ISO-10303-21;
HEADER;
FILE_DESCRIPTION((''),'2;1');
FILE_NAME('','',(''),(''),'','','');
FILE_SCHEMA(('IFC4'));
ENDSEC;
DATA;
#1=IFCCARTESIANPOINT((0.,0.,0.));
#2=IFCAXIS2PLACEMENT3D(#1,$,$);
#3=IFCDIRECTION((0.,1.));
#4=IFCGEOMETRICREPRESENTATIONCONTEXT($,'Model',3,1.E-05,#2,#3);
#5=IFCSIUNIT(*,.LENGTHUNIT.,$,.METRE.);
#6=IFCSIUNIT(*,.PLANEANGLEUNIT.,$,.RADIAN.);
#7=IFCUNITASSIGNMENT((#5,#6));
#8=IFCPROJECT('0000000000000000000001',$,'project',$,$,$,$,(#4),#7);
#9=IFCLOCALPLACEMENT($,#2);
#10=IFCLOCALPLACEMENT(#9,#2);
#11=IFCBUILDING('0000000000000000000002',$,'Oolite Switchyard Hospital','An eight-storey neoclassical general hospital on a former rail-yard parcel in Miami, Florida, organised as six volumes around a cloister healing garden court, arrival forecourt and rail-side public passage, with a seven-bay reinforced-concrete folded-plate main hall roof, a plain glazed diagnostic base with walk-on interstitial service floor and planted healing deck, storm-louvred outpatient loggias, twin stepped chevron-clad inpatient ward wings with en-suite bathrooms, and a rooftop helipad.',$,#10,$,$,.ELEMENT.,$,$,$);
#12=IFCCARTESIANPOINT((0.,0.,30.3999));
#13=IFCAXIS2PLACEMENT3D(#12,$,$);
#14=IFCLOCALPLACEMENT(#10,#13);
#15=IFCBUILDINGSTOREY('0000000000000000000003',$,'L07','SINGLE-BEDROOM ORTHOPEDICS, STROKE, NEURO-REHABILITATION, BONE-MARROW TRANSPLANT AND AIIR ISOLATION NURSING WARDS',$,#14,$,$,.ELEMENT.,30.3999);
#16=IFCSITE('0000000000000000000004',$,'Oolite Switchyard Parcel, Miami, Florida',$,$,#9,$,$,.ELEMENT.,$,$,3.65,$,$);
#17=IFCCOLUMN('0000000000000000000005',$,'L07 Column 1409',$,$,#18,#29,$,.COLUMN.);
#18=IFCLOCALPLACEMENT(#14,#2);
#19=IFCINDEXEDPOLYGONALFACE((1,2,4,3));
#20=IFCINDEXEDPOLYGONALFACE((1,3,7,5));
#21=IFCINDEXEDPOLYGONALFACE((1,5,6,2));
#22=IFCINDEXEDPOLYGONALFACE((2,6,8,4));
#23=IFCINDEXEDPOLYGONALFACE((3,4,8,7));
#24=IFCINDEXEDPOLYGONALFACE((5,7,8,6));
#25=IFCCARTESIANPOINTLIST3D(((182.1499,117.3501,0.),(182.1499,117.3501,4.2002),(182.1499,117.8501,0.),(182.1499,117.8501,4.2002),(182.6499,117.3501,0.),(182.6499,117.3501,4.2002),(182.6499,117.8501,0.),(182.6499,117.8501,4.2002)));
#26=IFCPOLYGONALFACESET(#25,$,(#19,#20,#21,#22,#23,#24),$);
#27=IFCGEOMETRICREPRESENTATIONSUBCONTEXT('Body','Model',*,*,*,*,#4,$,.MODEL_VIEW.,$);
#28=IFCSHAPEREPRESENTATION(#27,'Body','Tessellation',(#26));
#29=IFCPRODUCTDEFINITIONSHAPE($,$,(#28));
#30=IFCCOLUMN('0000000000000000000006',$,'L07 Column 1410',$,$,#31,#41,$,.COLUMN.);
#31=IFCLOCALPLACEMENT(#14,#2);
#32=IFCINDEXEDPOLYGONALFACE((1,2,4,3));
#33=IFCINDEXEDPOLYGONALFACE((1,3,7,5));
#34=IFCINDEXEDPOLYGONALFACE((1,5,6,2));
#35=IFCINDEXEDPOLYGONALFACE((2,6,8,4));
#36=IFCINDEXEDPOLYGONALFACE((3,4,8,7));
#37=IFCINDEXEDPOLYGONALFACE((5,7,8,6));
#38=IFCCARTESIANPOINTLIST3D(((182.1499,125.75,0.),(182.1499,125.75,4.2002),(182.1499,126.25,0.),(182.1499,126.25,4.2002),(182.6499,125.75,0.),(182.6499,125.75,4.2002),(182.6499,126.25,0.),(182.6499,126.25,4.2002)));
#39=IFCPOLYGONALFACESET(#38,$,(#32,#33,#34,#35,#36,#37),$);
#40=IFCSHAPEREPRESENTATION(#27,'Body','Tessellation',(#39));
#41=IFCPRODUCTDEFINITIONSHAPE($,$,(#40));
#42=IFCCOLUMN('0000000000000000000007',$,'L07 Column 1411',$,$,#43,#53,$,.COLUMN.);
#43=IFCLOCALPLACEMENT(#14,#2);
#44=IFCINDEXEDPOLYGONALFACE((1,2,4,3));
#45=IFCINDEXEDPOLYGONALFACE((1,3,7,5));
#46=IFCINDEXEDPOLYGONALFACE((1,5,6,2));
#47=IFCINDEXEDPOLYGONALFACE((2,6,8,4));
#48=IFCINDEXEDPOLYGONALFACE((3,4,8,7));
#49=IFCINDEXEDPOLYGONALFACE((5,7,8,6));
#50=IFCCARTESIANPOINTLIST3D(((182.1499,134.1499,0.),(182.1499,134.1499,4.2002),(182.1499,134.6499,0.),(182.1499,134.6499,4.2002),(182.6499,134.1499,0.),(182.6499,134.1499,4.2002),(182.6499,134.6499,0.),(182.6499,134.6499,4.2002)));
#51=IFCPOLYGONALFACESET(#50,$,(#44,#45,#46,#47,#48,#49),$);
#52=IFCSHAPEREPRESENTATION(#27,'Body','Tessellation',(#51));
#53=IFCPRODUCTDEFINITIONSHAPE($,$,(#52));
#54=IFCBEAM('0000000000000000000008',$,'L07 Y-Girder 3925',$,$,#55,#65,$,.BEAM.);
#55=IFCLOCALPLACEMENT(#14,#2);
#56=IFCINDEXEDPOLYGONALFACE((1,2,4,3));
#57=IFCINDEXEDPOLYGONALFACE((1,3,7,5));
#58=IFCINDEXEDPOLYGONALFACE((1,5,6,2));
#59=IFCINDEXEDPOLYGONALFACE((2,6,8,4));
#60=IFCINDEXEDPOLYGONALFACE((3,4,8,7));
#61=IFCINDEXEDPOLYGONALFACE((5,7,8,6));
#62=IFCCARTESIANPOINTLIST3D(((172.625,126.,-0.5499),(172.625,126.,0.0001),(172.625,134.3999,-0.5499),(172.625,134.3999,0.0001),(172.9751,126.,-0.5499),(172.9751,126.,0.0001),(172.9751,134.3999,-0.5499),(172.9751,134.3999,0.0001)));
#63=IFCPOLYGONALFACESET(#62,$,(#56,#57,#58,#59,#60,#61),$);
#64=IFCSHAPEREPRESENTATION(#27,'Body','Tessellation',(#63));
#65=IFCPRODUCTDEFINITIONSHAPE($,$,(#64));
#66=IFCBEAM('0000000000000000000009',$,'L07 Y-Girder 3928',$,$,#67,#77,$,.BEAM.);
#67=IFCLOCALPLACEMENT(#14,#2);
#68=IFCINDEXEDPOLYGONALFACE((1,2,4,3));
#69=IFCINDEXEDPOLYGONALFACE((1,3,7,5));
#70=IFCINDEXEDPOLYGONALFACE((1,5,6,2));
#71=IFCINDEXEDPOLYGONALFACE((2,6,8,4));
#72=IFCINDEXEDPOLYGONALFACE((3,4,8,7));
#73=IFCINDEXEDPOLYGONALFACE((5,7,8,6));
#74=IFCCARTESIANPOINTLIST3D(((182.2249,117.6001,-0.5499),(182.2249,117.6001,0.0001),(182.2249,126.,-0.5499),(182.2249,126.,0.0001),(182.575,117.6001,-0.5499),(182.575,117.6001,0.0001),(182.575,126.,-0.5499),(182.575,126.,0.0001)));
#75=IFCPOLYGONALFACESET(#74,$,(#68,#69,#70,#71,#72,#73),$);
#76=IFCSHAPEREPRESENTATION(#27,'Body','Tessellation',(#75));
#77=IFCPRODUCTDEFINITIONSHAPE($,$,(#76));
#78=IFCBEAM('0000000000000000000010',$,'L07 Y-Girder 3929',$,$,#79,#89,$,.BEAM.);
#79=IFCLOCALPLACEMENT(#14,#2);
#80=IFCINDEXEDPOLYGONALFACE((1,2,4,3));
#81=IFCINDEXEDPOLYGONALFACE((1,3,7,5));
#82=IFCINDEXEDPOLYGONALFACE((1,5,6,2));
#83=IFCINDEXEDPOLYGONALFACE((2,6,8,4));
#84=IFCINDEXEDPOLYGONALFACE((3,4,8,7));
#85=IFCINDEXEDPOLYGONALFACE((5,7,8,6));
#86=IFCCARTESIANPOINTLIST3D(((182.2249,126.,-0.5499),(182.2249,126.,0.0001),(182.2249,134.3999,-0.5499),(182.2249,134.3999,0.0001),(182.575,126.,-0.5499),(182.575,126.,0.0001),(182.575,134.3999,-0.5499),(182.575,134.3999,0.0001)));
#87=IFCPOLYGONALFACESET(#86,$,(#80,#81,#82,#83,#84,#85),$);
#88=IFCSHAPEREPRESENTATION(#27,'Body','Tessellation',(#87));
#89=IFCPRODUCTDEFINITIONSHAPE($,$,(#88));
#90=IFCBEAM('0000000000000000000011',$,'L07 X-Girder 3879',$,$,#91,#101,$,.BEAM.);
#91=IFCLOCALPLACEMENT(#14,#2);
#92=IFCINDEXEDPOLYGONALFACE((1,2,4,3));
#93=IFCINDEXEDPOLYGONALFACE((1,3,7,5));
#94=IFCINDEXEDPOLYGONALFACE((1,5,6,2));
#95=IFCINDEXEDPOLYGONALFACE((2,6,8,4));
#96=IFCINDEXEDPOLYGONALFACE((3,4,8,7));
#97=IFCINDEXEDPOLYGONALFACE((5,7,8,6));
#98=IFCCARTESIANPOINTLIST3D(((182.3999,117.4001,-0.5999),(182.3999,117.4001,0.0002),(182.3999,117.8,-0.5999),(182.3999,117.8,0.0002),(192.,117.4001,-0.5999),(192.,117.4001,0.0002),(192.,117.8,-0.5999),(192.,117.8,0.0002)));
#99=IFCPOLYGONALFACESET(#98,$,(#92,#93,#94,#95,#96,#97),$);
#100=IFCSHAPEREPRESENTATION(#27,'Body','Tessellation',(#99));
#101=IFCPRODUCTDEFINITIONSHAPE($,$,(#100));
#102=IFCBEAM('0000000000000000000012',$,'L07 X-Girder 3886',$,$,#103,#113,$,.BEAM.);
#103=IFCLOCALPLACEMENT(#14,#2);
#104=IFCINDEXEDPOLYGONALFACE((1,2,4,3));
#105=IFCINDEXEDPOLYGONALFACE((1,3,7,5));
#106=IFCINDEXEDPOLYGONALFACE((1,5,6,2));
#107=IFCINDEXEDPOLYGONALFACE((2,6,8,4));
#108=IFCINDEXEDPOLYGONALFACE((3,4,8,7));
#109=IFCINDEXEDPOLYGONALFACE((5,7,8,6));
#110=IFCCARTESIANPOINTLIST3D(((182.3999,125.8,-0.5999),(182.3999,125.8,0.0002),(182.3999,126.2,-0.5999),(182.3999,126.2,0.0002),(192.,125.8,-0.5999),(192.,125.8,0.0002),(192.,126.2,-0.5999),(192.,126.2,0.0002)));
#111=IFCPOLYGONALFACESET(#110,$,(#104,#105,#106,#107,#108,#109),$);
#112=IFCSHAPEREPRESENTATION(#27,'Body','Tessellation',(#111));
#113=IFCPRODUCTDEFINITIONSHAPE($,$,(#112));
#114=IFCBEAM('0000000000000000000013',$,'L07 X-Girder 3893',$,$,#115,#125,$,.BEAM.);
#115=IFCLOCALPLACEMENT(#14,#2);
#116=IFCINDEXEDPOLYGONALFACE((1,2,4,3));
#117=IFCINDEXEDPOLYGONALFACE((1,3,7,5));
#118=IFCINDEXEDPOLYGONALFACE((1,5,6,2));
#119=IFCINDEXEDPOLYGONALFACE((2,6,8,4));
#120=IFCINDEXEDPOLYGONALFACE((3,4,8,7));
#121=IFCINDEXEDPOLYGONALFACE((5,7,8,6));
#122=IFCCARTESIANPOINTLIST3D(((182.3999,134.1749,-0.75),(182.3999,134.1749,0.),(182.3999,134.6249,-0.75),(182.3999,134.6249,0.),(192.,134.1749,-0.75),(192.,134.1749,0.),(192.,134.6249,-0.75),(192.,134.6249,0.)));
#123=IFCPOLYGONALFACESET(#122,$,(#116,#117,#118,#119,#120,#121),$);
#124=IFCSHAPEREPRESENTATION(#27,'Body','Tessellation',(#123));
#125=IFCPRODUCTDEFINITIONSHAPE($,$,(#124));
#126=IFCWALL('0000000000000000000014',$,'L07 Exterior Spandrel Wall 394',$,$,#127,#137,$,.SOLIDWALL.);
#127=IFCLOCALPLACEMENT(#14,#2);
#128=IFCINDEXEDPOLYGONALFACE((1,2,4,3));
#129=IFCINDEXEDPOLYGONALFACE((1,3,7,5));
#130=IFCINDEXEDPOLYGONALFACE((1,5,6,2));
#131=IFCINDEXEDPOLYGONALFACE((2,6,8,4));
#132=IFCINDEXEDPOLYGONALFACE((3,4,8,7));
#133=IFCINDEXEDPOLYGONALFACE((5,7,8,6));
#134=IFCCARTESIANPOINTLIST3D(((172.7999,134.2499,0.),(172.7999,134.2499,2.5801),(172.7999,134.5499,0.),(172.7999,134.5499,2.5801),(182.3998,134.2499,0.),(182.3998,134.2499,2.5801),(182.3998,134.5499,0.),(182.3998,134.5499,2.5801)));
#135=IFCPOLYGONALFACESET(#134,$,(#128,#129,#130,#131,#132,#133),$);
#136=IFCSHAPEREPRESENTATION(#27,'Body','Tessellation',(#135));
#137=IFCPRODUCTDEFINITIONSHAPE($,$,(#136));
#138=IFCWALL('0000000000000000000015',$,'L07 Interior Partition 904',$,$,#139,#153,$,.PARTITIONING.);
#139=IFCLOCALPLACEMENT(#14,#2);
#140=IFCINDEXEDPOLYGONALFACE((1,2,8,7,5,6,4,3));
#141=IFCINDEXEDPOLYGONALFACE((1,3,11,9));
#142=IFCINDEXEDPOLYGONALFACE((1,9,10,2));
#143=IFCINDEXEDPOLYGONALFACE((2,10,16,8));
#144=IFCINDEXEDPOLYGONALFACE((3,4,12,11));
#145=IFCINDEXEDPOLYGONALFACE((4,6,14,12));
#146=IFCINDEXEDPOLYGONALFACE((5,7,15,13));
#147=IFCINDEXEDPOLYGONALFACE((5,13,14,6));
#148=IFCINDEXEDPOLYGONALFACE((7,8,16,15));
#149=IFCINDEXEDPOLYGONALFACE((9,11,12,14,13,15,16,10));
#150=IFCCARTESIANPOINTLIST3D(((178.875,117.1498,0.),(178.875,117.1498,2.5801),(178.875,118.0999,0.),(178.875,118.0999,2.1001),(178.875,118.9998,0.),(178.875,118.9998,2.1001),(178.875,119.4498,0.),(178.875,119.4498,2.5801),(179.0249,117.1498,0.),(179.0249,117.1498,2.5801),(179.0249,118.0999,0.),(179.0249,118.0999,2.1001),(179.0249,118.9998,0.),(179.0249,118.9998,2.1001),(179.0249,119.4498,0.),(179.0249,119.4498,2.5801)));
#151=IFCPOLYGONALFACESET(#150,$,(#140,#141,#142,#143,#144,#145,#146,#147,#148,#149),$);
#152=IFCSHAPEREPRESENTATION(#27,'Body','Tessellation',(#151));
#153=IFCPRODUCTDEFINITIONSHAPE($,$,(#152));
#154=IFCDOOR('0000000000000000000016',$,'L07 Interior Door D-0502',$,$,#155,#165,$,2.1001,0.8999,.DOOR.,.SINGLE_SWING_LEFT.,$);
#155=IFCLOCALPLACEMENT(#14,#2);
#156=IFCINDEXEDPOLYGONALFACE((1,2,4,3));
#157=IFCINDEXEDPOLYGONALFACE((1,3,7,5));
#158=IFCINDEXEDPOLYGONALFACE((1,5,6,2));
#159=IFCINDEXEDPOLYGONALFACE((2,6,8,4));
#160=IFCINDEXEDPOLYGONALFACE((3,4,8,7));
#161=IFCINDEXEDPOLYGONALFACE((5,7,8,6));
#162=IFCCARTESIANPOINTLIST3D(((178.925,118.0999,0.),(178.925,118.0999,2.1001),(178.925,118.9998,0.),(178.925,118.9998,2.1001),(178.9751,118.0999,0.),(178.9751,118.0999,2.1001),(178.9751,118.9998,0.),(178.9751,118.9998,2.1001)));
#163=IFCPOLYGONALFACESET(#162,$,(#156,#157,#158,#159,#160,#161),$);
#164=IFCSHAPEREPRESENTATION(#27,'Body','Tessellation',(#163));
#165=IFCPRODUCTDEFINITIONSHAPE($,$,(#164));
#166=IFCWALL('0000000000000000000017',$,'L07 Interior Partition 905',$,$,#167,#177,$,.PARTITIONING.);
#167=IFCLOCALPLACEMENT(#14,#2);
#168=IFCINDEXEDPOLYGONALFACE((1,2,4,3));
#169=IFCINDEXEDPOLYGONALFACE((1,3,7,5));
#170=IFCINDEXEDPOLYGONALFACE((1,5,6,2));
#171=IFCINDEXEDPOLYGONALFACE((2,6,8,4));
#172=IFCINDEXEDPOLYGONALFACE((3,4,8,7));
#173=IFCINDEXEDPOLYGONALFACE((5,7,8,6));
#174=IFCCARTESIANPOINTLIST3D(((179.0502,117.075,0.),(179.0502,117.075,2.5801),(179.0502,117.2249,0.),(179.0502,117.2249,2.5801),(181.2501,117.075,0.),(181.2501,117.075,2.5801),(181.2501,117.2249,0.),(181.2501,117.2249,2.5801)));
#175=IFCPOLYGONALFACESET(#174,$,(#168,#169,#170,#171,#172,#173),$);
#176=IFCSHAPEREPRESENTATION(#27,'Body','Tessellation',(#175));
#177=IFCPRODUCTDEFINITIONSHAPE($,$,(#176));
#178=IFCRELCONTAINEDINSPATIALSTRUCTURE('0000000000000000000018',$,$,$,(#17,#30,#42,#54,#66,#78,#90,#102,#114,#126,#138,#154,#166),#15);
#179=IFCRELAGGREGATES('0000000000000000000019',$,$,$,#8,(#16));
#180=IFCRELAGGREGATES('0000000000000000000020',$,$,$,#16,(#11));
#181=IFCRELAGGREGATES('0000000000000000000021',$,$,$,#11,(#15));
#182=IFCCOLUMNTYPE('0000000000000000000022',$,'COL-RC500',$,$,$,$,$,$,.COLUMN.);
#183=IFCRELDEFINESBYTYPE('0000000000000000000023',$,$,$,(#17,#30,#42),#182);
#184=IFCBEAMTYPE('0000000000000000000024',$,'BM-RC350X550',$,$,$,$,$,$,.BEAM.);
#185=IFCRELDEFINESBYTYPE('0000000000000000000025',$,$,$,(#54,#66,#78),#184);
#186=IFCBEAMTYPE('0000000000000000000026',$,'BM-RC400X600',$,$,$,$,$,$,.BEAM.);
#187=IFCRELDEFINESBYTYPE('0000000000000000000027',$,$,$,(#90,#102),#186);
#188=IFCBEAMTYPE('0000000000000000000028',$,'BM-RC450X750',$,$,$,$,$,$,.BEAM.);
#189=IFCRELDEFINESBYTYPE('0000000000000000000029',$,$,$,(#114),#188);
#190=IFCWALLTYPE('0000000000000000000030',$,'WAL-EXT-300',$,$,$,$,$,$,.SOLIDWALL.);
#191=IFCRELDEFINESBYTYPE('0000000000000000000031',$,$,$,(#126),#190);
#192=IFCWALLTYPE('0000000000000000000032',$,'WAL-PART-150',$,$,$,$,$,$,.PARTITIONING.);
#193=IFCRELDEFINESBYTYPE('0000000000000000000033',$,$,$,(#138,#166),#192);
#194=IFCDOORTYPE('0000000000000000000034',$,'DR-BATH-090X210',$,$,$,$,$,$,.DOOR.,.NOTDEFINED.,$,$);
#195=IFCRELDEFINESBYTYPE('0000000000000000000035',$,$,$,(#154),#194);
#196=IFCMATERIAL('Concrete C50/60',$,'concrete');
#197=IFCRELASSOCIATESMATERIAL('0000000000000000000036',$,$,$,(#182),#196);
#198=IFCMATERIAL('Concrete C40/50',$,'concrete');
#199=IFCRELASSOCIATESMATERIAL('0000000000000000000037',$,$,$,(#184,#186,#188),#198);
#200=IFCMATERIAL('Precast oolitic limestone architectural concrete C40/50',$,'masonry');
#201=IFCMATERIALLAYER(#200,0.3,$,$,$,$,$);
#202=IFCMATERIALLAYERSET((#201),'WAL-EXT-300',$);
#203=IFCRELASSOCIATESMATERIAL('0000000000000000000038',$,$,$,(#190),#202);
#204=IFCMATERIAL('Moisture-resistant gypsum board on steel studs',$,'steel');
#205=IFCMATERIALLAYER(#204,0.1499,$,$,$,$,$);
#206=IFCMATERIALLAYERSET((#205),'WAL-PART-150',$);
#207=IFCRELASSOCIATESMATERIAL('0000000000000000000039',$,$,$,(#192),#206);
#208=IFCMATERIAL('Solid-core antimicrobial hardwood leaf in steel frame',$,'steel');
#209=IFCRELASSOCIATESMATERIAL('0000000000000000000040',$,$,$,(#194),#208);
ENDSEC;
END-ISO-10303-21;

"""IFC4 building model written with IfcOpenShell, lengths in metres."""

from ifc_helpers import new_model, si_unit, direction, frame, frame_2d, origin, origin_2d, place, context, subcontext, project, spatial, rectangle, extrude, material, layer, layer_set, material_profile, profile_set, type_object, element, fill, save


model = new_model("IFC4")

# Units and contexts
model_context = context("Model", 3, precision=1e-05, world=origin(), true_north=direction((0.0, 1.0)))
body_context = subcontext(model_context, "Body", "Model", "MODEL_VIEW")
ifc_project = project(units=[si_unit("LENGTHUNIT", "METRE"), si_unit("PLANEANGLEUNIT", "RADIAN")], contexts=[model_context])

# Site, building, storey
site_placement = place(None, origin())
site = spatial("IfcSite", under=ifc_project, at=site_placement, Name="Oolite Switchyard Parcel, Miami, Florida", CompositionType="ELEMENT", RefElevation=3.65)
building_placement = place(site_placement, origin())
building = spatial("IfcBuilding", under=site, at=building_placement, Name="Oolite Switchyard Hospital", Description="An eight-storey neoclassical general hospital on a former rail-yard parcel in Miami, Florida, organised as six volumes around a cloister healing garden court, arrival forecourt and rail-side public passage, with a seven-bay reinforced-concrete folded-plate main hall roof, a plain glazed diagnostic base with walk-on interstitial service floor and planted healing deck, storm-louvred outpatient loggias, twin stepped chevron-clad inpatient ward wings with en-suite bathrooms, and a rooftop helipad.", CompositionType="ELEMENT")
storey_placement = place(building_placement, frame((0.0, 0.0, 30.3999)))
storey = spatial("IfcBuildingStorey", under=building, at=storey_placement, Name="L07", Description="SINGLE-BEDROOM ORTHOPEDICS, STROKE, NEURO-REHABILITATION, BONE-MARROW TRANSPLANT AND AIIR ISOLATION NURSING WARDS", CompositionType="ELEMENT", Elevation=30.3999)

# Columns
ifc_material_1 = material(Name="Concrete C50/60", Category="concrete")
ifc_material_profile_1 = material_profile(ifc_material_1, rectangle(XDim=0.5, YDim=0.5, at=origin_2d()), Name="RC500X500")
ifc_profile_set_1 = profile_set([ifc_material_profile_1], Name="Concrete C50/60")
column_type = type_object("IfcColumnType", Name="COL-RC500", PredefinedType="COLUMN", material=ifc_profile_set_1)
for number, where, z_axis, x_axis, name in (
    (1, (182.3999, 117.6001, 0.0), (0.0, 0.0, 1.0), (1.0, 0.0, 0.0), "L07 Column 1409"),
    (2, (182.3999, 126.0, 0.0), (0.0, 0.0, 1.0), (1.0, 0.0, 0.0), "L07 Column 1410"),
    (3, (182.3999, 134.3999, 0.0), (0.0, 0.0, 1.0), (1.0, 0.0, 0.0), "L07 Column 1411"),
):
    element("IfcColumn", number, at=place(storey_placement, frame(where, z_axis=z_axis, x_axis=x_axis)), inside=storey, type_object=column_type, Name=name, PredefinedType="COLUMN", context=body_context, shape_type="SweptSolid", body=[
        extrude(rectangle(XDim=0.5, YDim=0.5, at=origin_2d()), origin(), (0.0, 0.0, 1.0), 4.2002),
    ])

# Beams
ifc_material_2 = material(Name="Concrete C40/50", Category="concrete")
ifc_material_profile_2 = material_profile(ifc_material_2, rectangle(XDim=0.3501, YDim=0.55, at=origin_2d()), Name="RCB350X550")
ifc_profile_set_2 = profile_set([ifc_material_profile_2], Name="Concrete C40/50")
beam_type_1 = type_object("IfcBeamType", Name="BM-RC350X550", PredefinedType="BEAM", material=ifc_profile_set_2)
for number, where, z_axis, x_axis, name in (
    (4, (172.8, 126.0, -0.2749), (0.0, 1.0, 0.0), (-1.0, 0.0, 0.0), "L07 Y-Girder 3925"),
    (5, (182.3999, 117.6001, -0.2749), (0.0, 1.0, 0.0), (-1.0, 0.0, 0.0), "L07 Y-Girder 3928"),
    (6, (182.3999, 126.0, -0.2749), (0.0, 1.0, 0.0), (-1.0, 0.0, 0.0), "L07 Y-Girder 3929"),
):
    element("IfcBeam", number, at=place(storey_placement, frame(where, z_axis=z_axis, x_axis=x_axis)), inside=storey, type_object=beam_type_1, Name=name, PredefinedType="BEAM", context=body_context, shape_type="SweptSolid", body=[
        extrude(rectangle(XDim=0.3501, YDim=0.55, at=origin_2d()), origin(), (0.0, 0.0, 1.0), 8.3999),
    ])
ifc_material_profile_3 = material_profile(ifc_material_2, rectangle(XDim=0.3999, YDim=0.6001, at=origin_2d()), Name="RCB400X600")
ifc_profile_set_3 = profile_set([ifc_material_profile_3], Name="Concrete C40/50")
beam_type_2 = type_object("IfcBeamType", Name="BM-RC400X600", PredefinedType="BEAM", material=ifc_profile_set_3)
for number, where, z_axis, x_axis, name in (
    (7, (182.3999, 117.6001, -0.2998), (1.0, 0.0, 0.0), (0.0, 1.0, 0.0), "L07 X-Girder 3879"),
    (8, (182.3999, 126.0, -0.2998), (1.0, 0.0, 0.0), (0.0, 1.0, 0.0), "L07 X-Girder 3886"),
):
    element("IfcBeam", number, at=place(storey_placement, frame(where, z_axis=z_axis, x_axis=x_axis)), inside=storey, type_object=beam_type_2, Name=name, PredefinedType="BEAM", context=body_context, shape_type="SweptSolid", body=[
        extrude(rectangle(XDim=0.3999, YDim=0.6001, at=origin_2d()), origin(), (0.0, 0.0, 1.0), 9.6001),
    ])
ifc_material_profile_4 = material_profile(ifc_material_2, rectangle(XDim=0.45, YDim=0.75, at=origin_2d()), Name="RCB450X750")
ifc_profile_set_4 = profile_set([ifc_material_profile_4], Name="Concrete C40/50")
beam_type_3 = type_object("IfcBeamType", Name="BM-RC450X750", PredefinedType="BEAM", material=ifc_profile_set_4)
beam_placement = place(storey_placement, frame((182.3999, 134.3999, -0.375), z_axis=(1.0, 0.0, 0.0), x_axis=(0.0, 1.0, 0.0)))
element("IfcBeam", 9, at=beam_placement, inside=storey, type_object=beam_type_3, Name="L07 X-Girder 3893", PredefinedType="BEAM", context=body_context, shape_type="SweptSolid", body=[
    extrude(rectangle(XDim=0.45, YDim=0.75, at=origin_2d()), origin(), (0.0, 0.0, 1.0), 9.6001),
])

# Wall
ifc_material_3 = material(Name="Precast oolitic limestone architectural concrete C40/50", Category="masonry")
ifc_layer_1 = layer(ifc_material_3, 0.3)
ifc_layer_set_1 = layer_set([ifc_layer_1], Name="WAL-EXT-300")
wall_type_1 = type_object("IfcWallType", Name="WAL-EXT-300", PredefinedType="SOLIDWALL", material=ifc_layer_set_1)
wall_1_placement = place(storey_placement, frame((172.8, 134.3999, 0.0), z_axis=(0.0, 0.0, 1.0), x_axis=(1.0, 0.0, 0.0)))
element("IfcWall", 10, at=wall_1_placement, inside=storey, type_object=wall_type_1, Name="L07 Exterior Spandrel Wall 394", PredefinedType="SOLIDWALL", context=body_context, shape_type="SweptSolid", body=[
    extrude(rectangle(XDim=9.5999, YDim=0.3, at=frame_2d((4.7998, 0.0))), origin(), (0.0, 0.0, 1.0), 2.5801),
])

# Wall, opening, door
ifc_material_4 = material(Name="Moisture-resistant gypsum board on steel studs", Category="steel")
ifc_layer_2 = layer(ifc_material_4, 0.1499)
ifc_layer_set_2 = layer_set([ifc_layer_2], Name="WAL-PART-150")
wall_type_2 = type_object("IfcWallType", Name="WAL-PART-150", PredefinedType="PARTITIONING", material=ifc_layer_set_2)
wall_2_placement = place(storey_placement, frame((178.95, 117.1499, 0.0), z_axis=(0.0, 0.0, 1.0), x_axis=(0.0, 1.0, 0.0)))
wall_2 = element("IfcWall", 11, at=wall_2_placement, inside=storey, type_object=wall_type_2, Name="L07 Interior Partition 904", PredefinedType="PARTITIONING", context=body_context, shape_type="SweptSolid", body=[
    extrude(rectangle(XDim=2.3, YDim=0.1499, at=frame_2d((1.1499, 0.0))), origin(), (0.0, 0.0, 1.0), 2.5801),
])
opening_1_placement = place(wall_2_placement, frame((0.95, 0.0, 0.0)))
opening_1 = element("IfcOpeningElement", 12, at=opening_1_placement, cuts=wall_2, PredefinedType="OPENING", context=body_context, shape_type="SweptSolid", body=[
    extrude(rectangle(XDim=0.8999, YDim=2.1001, at=frame_2d((0.45, 1.05))), frame((0.0, 0.085, 0.0), z_axis=(0.0, -1.0, 0.0), x_axis=(1.0, 0.0, 0.0)), (0.0, 0.0, 1.0), 0.1699),
])
ifc_material_5 = material(Name="Solid-core antimicrobial hardwood leaf in steel frame", Category="steel")
door_type_1 = type_object("IfcDoorType", Name="DR-BATH-090X210", OperationType="NOTDEFINED", PredefinedType="DOOR", material=ifc_material_5)
door_1_placement = place(opening_1_placement, origin())
door_1 = element("IfcDoor", 13, at=door_1_placement, inside=storey, type_object=door_type_1, Name="L07 Interior Door D-0502", OperationType="SINGLE_SWING_LEFT", OverallHeight=2.1001, OverallWidth=0.8999, PredefinedType="DOOR", context=body_context, shape_type="SweptSolid", body=[
    extrude(rectangle(XDim=0.8999, YDim=2.1001, at=frame_2d((0.45, 1.05))), frame((0.0, 0.0249, 0.0), z_axis=(0.0, -1.0, 0.0), x_axis=(1.0, 0.0, 0.0)), (0.0, 0.0, 1.0), 0.05),
])
fill(opening_1, door_1)

# Wall
wall_3_placement = place(storey_placement, frame((179.05, 117.1499, 0.0), z_axis=(0.0, 0.0, 1.0), x_axis=(1.0, 0.0, 0.0)))
element("IfcWall", 14, at=wall_3_placement, inside=storey, type_object=wall_type_2, Name="L07 Interior Partition 905", PredefinedType="PARTITIONING", context=body_context, shape_type="SweptSolid", body=[
    extrude(rectangle(XDim=2.2, YDim=0.1499, at=frame_2d((1.1001, 0.0))), origin(), (0.0, 0.0, 1.0), 2.5801),
])

save(model, "model.ifc")
